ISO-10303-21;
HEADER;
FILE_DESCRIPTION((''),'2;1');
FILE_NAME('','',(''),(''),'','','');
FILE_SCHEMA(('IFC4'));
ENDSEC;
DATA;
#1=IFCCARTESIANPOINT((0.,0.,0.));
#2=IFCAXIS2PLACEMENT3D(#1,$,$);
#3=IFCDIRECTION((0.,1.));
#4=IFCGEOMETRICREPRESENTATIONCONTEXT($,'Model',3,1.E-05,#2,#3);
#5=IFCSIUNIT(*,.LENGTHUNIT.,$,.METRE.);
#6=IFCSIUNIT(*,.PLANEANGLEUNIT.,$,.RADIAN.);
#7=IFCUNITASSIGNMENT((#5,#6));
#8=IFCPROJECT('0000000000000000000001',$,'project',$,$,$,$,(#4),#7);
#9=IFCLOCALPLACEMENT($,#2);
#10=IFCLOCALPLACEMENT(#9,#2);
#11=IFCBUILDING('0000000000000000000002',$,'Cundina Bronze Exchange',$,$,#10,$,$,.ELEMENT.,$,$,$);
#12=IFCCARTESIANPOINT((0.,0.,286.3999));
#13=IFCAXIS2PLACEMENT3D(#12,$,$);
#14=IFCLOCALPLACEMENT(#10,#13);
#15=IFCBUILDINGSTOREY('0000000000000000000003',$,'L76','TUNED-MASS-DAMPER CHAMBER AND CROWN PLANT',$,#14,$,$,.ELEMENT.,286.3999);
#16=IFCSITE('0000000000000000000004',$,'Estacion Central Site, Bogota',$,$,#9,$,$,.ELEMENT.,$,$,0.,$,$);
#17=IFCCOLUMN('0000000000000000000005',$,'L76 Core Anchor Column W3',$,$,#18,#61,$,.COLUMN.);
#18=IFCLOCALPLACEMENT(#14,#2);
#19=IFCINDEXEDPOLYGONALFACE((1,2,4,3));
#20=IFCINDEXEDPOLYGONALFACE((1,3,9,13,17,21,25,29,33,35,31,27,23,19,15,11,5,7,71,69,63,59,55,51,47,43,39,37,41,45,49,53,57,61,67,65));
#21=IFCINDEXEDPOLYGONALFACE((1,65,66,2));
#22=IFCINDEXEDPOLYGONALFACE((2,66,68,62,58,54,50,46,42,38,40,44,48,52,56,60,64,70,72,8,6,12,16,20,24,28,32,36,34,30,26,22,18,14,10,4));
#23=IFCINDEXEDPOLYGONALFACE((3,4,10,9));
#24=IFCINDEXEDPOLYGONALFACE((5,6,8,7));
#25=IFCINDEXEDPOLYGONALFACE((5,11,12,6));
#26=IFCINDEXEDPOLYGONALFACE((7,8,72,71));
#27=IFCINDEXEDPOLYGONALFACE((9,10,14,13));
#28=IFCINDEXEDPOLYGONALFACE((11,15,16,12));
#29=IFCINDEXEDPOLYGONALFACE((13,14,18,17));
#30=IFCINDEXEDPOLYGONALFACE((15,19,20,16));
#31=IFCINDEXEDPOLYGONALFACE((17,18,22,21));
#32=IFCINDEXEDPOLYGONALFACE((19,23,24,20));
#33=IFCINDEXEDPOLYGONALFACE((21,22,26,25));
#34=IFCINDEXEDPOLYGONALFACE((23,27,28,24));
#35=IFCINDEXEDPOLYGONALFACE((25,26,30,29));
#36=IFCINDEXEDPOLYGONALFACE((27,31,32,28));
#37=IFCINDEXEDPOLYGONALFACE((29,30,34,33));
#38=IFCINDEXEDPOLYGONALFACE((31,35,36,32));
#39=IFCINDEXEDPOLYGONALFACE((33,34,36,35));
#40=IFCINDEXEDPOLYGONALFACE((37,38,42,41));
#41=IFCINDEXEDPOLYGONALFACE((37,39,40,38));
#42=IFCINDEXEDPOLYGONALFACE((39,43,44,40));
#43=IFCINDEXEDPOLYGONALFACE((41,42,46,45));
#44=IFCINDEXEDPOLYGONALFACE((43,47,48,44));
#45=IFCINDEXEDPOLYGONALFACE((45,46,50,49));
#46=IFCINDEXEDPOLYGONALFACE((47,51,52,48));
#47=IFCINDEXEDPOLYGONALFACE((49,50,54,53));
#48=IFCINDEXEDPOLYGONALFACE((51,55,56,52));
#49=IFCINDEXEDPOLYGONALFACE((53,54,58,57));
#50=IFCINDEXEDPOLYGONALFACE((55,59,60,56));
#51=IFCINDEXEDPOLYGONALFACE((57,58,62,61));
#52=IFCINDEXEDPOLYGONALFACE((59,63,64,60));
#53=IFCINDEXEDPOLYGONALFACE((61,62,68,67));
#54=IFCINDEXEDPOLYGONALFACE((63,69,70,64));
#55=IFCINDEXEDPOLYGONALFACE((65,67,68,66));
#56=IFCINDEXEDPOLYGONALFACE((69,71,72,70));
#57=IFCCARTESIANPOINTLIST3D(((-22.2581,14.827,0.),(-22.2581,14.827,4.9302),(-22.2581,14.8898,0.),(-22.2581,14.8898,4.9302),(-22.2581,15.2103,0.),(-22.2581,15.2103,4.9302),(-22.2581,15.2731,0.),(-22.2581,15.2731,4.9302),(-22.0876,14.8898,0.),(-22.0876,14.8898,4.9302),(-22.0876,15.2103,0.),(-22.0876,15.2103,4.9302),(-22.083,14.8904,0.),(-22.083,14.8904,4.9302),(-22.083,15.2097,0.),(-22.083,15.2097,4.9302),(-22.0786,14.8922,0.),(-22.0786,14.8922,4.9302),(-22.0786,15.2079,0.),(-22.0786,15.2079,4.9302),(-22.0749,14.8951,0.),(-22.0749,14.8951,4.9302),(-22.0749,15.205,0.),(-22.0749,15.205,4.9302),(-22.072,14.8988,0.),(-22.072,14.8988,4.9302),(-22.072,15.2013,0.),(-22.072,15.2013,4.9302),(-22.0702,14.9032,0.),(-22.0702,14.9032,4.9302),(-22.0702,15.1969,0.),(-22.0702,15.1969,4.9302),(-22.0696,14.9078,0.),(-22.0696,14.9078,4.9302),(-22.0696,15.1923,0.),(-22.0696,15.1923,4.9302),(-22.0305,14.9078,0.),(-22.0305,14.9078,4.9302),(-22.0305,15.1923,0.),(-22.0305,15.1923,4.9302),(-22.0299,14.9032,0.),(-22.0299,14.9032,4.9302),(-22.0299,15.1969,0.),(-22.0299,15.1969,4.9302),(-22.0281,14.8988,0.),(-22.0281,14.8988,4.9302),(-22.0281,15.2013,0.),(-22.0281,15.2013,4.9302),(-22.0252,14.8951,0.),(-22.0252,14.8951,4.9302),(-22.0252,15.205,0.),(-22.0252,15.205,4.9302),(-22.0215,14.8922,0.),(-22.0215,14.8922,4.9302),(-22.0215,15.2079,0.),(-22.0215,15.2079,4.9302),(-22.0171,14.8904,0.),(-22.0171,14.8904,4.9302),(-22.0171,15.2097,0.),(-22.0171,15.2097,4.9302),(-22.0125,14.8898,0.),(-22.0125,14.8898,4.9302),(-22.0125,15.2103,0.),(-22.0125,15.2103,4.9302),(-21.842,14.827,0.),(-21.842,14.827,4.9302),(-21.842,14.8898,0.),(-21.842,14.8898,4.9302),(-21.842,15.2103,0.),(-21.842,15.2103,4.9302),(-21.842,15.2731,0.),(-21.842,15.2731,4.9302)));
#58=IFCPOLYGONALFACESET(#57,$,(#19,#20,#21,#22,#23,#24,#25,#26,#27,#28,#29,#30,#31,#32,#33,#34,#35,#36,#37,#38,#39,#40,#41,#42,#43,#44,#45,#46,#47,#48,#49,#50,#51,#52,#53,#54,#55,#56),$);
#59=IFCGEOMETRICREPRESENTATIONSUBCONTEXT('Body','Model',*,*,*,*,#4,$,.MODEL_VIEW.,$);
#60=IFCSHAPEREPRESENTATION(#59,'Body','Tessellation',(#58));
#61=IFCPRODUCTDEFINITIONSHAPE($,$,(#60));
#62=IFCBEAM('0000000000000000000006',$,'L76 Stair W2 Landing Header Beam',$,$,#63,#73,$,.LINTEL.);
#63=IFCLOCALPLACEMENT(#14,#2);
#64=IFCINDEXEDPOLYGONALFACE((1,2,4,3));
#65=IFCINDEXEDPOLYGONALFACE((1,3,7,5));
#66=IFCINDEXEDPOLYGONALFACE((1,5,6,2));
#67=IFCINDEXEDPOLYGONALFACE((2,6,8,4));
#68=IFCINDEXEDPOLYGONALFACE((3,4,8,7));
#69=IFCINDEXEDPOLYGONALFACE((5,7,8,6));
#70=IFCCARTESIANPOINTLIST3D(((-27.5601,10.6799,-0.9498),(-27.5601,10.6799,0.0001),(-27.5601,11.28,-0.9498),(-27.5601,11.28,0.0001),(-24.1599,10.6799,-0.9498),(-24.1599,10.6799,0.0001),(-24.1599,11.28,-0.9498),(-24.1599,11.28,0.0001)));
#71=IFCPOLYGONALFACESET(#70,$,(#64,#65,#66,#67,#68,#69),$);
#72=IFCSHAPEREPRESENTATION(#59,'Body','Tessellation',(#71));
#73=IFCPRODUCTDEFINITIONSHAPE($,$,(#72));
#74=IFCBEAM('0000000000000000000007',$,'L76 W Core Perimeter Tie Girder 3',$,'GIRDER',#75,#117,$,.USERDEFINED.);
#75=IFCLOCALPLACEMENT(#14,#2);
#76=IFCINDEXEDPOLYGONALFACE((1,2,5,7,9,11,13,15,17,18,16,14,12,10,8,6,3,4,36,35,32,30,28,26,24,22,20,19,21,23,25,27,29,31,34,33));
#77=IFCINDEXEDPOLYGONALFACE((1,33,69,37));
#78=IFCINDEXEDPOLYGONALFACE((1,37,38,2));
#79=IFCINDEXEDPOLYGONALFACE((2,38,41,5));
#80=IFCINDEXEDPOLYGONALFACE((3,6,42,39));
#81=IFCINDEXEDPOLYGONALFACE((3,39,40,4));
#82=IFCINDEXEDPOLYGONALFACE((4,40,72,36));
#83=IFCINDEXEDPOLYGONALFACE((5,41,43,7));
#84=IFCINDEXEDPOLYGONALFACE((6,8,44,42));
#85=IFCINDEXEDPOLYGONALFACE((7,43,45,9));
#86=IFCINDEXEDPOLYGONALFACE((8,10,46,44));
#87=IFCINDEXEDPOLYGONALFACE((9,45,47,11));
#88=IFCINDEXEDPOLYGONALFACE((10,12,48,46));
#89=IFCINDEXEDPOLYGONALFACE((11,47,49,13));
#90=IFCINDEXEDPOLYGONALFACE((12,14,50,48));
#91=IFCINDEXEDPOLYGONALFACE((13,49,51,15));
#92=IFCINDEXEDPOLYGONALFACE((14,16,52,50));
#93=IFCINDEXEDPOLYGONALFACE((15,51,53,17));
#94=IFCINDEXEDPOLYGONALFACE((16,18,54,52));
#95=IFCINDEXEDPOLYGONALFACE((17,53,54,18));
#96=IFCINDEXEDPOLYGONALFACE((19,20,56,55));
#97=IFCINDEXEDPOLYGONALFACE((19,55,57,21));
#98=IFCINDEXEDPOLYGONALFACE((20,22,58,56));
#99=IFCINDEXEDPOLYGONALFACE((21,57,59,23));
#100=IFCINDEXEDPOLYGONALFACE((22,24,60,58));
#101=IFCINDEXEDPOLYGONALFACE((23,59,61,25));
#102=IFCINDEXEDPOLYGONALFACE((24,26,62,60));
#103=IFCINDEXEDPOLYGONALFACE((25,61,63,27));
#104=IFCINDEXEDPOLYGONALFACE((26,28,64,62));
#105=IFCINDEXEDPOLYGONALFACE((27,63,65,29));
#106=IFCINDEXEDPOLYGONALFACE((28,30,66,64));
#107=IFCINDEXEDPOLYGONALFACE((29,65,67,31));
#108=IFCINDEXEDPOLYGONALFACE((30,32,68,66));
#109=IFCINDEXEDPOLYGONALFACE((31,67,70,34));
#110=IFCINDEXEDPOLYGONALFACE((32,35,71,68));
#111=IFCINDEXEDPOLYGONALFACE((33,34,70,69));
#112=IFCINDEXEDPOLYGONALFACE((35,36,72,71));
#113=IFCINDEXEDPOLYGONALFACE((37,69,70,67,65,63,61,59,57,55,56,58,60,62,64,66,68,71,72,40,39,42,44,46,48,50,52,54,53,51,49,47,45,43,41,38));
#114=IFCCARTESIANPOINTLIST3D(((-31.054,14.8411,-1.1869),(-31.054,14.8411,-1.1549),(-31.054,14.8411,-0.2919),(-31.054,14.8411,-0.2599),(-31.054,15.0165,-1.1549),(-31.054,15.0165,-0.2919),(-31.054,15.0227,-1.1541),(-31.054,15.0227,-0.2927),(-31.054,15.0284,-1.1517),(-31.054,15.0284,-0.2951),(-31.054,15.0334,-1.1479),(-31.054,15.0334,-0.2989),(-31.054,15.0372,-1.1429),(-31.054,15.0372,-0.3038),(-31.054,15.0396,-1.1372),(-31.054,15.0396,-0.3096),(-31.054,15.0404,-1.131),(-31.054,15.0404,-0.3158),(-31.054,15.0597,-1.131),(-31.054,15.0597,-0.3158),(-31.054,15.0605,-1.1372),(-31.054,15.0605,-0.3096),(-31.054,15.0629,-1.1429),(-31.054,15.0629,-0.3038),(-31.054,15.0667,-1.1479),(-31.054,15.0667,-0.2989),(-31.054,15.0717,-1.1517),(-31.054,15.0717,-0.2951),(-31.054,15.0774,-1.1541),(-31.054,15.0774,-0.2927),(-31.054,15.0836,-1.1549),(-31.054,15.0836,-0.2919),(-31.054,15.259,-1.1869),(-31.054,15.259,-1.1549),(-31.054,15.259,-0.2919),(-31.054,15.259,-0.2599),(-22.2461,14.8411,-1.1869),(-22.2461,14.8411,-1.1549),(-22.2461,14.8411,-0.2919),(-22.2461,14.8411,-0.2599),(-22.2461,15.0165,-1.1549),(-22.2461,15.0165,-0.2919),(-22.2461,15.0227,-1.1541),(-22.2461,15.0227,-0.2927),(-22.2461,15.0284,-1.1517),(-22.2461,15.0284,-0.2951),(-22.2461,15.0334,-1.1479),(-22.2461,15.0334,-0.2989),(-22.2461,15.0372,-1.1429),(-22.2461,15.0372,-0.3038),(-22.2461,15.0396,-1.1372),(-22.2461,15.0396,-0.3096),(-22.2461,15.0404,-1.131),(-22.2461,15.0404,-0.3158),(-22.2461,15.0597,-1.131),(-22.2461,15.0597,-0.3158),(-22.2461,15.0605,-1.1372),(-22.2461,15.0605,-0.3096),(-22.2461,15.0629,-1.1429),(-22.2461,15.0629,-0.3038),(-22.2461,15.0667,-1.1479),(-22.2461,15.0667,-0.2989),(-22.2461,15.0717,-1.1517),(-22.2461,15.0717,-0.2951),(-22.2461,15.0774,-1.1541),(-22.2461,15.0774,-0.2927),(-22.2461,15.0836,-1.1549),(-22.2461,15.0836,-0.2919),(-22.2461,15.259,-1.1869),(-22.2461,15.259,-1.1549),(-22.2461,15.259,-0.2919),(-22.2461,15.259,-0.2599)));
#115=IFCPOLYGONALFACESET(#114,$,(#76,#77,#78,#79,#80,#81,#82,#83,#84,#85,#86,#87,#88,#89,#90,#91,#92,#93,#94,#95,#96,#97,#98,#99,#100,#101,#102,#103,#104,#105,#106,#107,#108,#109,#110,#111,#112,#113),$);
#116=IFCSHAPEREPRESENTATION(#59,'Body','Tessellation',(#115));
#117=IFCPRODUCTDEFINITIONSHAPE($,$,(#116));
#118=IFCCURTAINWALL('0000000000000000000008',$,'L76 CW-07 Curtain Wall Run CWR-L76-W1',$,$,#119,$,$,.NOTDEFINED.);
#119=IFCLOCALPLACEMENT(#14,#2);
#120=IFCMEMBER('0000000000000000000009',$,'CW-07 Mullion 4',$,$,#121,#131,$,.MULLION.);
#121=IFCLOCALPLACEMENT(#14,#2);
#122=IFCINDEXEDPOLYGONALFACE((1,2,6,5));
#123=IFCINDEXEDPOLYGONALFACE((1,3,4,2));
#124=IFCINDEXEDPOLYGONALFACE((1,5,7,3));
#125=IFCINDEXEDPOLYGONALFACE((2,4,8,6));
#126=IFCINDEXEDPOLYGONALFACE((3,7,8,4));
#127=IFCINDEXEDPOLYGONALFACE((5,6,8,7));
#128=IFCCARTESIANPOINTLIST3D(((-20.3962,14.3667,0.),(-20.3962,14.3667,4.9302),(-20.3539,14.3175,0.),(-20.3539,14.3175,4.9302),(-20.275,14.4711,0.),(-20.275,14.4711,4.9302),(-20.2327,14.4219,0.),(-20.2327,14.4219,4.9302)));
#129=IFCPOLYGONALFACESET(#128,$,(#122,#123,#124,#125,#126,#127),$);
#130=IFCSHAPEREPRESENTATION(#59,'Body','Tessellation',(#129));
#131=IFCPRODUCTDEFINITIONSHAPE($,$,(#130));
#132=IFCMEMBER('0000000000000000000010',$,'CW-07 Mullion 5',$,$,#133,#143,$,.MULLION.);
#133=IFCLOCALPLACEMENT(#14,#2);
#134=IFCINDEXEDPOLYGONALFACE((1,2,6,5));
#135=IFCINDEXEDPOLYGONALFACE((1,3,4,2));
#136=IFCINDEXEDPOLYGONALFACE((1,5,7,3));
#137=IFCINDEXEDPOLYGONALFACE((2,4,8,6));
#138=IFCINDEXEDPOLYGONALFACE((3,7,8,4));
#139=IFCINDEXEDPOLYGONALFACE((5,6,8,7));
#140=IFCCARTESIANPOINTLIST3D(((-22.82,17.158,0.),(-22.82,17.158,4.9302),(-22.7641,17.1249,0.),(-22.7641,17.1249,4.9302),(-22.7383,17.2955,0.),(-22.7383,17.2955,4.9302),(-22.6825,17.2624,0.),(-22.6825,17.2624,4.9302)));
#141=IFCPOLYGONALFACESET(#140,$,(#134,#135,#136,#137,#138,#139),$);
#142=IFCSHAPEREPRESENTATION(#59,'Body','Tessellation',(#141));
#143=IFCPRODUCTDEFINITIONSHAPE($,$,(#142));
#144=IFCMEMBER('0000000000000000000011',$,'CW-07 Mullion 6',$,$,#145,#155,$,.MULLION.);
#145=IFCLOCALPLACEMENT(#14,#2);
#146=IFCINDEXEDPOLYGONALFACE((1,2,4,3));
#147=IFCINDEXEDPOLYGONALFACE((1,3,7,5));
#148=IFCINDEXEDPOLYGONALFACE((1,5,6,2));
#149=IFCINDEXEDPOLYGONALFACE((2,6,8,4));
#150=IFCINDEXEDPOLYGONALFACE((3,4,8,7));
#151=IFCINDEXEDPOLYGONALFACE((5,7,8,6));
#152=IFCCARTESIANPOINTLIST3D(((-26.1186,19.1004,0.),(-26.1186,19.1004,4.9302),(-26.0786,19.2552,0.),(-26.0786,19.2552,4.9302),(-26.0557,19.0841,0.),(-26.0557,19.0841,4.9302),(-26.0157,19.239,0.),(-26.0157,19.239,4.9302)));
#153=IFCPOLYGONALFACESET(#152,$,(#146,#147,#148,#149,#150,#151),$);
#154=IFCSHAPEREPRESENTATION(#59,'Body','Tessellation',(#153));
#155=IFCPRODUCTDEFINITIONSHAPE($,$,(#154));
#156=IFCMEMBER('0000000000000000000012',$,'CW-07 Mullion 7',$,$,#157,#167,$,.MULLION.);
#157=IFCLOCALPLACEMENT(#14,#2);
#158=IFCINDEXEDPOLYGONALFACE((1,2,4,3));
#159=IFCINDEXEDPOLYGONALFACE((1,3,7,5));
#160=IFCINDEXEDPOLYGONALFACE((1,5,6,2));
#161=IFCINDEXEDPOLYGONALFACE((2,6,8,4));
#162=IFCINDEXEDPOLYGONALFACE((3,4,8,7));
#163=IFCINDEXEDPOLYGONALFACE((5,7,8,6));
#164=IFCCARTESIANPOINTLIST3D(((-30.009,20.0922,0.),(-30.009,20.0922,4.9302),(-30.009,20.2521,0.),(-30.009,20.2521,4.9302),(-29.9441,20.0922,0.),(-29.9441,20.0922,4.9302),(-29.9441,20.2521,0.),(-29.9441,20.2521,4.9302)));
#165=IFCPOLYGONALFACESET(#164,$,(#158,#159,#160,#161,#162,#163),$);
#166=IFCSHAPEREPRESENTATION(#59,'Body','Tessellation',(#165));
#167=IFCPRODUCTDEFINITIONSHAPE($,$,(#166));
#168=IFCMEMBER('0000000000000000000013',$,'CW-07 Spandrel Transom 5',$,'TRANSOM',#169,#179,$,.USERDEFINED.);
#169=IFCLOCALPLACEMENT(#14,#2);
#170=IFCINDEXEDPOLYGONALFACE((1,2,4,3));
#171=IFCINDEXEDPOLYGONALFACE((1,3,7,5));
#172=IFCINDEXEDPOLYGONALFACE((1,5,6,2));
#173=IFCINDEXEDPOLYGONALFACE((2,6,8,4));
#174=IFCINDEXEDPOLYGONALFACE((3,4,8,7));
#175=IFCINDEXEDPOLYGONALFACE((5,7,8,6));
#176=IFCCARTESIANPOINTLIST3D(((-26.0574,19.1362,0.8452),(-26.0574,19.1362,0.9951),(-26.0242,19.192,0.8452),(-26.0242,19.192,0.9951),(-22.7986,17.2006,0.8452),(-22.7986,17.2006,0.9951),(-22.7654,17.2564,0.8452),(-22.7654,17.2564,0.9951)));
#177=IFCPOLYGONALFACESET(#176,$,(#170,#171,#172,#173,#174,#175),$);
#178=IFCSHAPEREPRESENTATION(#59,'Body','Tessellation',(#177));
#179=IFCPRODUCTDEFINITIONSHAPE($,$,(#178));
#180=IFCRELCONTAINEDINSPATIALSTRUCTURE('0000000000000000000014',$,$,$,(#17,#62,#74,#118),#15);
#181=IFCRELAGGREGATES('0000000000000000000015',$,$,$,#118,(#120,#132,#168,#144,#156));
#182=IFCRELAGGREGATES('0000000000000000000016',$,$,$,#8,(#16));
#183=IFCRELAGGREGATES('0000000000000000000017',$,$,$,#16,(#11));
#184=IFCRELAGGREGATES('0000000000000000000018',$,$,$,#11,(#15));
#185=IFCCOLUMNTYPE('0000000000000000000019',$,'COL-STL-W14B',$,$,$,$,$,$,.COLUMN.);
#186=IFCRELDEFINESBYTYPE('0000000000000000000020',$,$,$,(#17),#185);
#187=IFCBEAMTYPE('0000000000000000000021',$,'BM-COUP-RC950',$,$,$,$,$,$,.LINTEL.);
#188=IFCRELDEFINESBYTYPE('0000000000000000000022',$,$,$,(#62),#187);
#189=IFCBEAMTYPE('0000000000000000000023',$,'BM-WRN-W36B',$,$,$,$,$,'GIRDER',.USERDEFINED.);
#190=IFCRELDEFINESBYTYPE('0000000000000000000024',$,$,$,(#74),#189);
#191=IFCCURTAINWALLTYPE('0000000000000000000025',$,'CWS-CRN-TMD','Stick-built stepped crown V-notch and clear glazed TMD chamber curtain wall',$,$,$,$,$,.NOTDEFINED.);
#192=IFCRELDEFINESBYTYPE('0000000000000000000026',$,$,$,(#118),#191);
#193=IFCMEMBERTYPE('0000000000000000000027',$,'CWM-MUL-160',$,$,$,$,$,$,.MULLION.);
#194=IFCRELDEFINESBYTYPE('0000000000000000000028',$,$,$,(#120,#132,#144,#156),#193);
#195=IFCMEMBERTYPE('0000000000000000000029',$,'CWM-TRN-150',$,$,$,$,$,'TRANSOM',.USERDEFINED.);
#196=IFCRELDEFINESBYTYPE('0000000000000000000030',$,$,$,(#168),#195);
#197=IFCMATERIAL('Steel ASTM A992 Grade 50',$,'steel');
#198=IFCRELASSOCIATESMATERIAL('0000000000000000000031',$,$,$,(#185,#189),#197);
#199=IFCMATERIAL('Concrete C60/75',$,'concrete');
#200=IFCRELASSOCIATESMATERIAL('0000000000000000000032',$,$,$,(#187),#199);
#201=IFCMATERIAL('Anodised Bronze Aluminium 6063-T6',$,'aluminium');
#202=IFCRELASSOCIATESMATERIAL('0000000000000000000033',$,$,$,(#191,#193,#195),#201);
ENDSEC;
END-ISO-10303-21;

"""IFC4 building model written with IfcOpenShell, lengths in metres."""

from ifc_helpers import new_model, si_unit, direction, frame, origin, origin_2d, place, context, subcontext, project, spatial, rectangle, i_section, extrude, material, material_profile, profile_set, type_object, element, aggregate, save


model = new_model("IFC4")

# Units and contexts
model_context = context("Model", 3, precision=1e-05, world=origin(), true_north=direction((0.0, 1.0)))
body_context = subcontext(model_context, "Body", "Model", "MODEL_VIEW")
ifc_project = project(units=[si_unit("LENGTHUNIT", "METRE"), si_unit("PLANEANGLEUNIT", "RADIAN")], contexts=[model_context])

# Site, building, storey
site_placement = place(None, origin())
site = spatial("IfcSite", under=ifc_project, at=site_placement, Name="Estacion Central Site, Bogota", CompositionType="ELEMENT", RefElevation=0.0)
building_placement = place(site_placement, origin())
building = spatial("IfcBuilding", under=site, at=building_placement, Name="Cundina Bronze Exchange", CompositionType="ELEMENT")
storey_placement = place(building_placement, frame((0.0, 0.0, 286.3999)))
storey = spatial("IfcBuildingStorey", under=building, at=storey_placement, Name="L76", Description="TUNED-MASS-DAMPER CHAMBER AND CROWN PLANT", CompositionType="ELEMENT", Elevation=286.3999)

# Column
ifc_material_1 = material(Name="Steel ASTM A992 Grade 50", Category="steel")
ifc_material_profile_1 = material_profile(ifc_material_1, i_section(OverallWidth=0.416, OverallDepth=0.446, WebThickness=0.0391, FlangeThickness=0.0627, FilletRadius=0.0181, at=origin_2d()), Name="W14X342", Category="steel")
ifc_profile_set_1 = profile_set([ifc_material_profile_1], Name="Steel ASTM A992 Grade 50")
column_type = type_object("IfcColumnType", Name="COL-STL-W14B", PredefinedType="COLUMN", material=ifc_profile_set_1)
column_placement = place(storey_placement, frame((-22.05, 15.05, 0.0), z_axis=(0.0, 0.0, 1.0), x_axis=(1.0, 0.0, 0.0)))
element("IfcColumn", 1, at=column_placement, inside=storey, type_object=column_type, Name="L76 Core Anchor Column W3", PredefinedType="COLUMN", context=body_context, shape_type="SweptSolid", body=[
    extrude(i_section(OverallWidth=0.416, OverallDepth=0.446, WebThickness=0.0391, FlangeThickness=0.0627, FilletRadius=0.0181, at=origin_2d()), origin(), (0.0, 0.0, 1.0), 4.9302),
])

# Beams
ifc_material_2 = material(Name="Concrete C60/75", Category="concrete")
ifc_material_profile_2 = material_profile(ifc_material_2, rectangle(XDim=0.6001, YDim=0.95, at=origin_2d()), Name="RC600X950", Category="concrete")
ifc_profile_set_2 = profile_set([ifc_material_profile_2], Name="Concrete C60/75")
beam_type_1 = type_object("IfcBeamType", Name="BM-COUP-RC950", PredefinedType="LINTEL", material=ifc_profile_set_2)
beam_1_placement = place(storey_placement, frame((-27.5601, 10.98, -0.4749), z_axis=(1.0, 0.0, 0.0), x_axis=(0.0, 1.0, 0.0)))
element("IfcBeam", 2, at=beam_1_placement, inside=storey, type_object=beam_type_1, Name="L76 Stair W2 Landing Header Beam", PredefinedType="LINTEL", context=body_context, shape_type="SweptSolid", body=[
    extrude(rectangle(XDim=0.6001, YDim=0.95, at=origin_2d()), origin(), (0.0, 0.0, 1.0), 3.4001),
])
ifc_material_profile_3 = material_profile(ifc_material_1, i_section(OverallWidth=0.418, OverallDepth=0.927, WebThickness=0.0193, FlangeThickness=0.032, FilletRadius=0.0239, at=origin_2d()), Name="W36X231", Category="steel")
ifc_profile_set_3 = profile_set([ifc_material_profile_3], Name="Steel ASTM A992 Grade 50")
beam_type_2 = type_object("IfcBeamType", Name="BM-WRN-W36B", ElementType="GIRDER", PredefinedType="USERDEFINED", material=ifc_profile_set_3)
beam_2_placement = place(storey_placement, frame((-22.2461, 15.05, -0.7234), z_axis=(-1.0, 0.0, 0.0), x_axis=(0.0, -1.0, 0.0)))
element("IfcBeam", 3, at=beam_2_placement, inside=storey, type_object=beam_type_2, Name="L76 W Core Perimeter Tie Girder 3", ObjectType="GIRDER", PredefinedType="USERDEFINED", context=body_context, shape_type="SweptSolid", body=[
    extrude(i_section(OverallWidth=0.418, OverallDepth=0.927, WebThickness=0.0193, FlangeThickness=0.032, FilletRadius=0.0239, at=origin_2d()), origin(), (0.0, 0.0, 1.0), 8.8079),
])

# Curtain wall, members
ifc_material_3 = material(Name="Anodised Bronze Aluminium 6063-T6", Category="aluminium")
curtain_wall_type = type_object("IfcCurtainWallType", Name="CWS-CRN-TMD", Description="Stick-built stepped crown V-notch and clear glazed TMD chamber curtain wall", PredefinedType="NOTDEFINED", material=ifc_material_3)
curtain_wall_placement = place(storey_placement, origin())
curtain_wall = element("IfcCurtainWall", 4, at=curtain_wall_placement, inside=storey, type_object=curtain_wall_type, Name="L76 CW-07 Curtain Wall Run CWR-L76-W1", PredefinedType="NOTDEFINED")
ifc_material_profile_4 = material_profile(ifc_material_3, rectangle(XDim=0.0649, YDim=0.1599, at=origin_2d()), Name="AL65X160", Category="aluminium")
ifc_profile_set_4 = profile_set([ifc_material_profile_4], Name="Anodised Bronze Aluminium 6063-T6")
member_type_1 = type_object("IfcMemberType", Name="CWM-MUL-160", PredefinedType="MULLION", material=ifc_profile_set_4)
member_1_placement = place(storey_placement, frame((-20.3145, 14.3943, 0.0), z_axis=(0.0, 0.0, 1.0), x_axis=(-0.652495, 0.757793, 0.0)))
member_1 = element("IfcMember", 5, at=member_1_placement, type_object=member_type_1, Name="CW-07 Mullion 4", PredefinedType="MULLION", context=body_context, shape_type="SweptSolid", body=[
    extrude(rectangle(XDim=0.0649, YDim=0.1599, at=origin_2d()), origin(), (0.0, 0.0, 1.0), 4.9302),
])
member_2_placement = place(storey_placement, frame((-22.7512, 17.2102, 0.0), z_axis=(0.0, 0.0, 1.0), x_axis=(-0.859763, 0.510693, 0.0)))
member_2 = element("IfcMember", 6, at=member_2_placement, type_object=member_type_1, Name="CW-07 Mullion 5", PredefinedType="MULLION", context=body_context, shape_type="SweptSolid", body=[
    extrude(rectangle(XDim=0.0649, YDim=0.1599, at=origin_2d()), origin(), (0.0, 0.0, 1.0), 4.9302),
])
member_3_placement = place(storey_placement, frame((-26.0671, 19.1697, 0.0), z_axis=(0.0, 0.0, 1.0), x_axis=(-0.968148, 0.25038, 0.0)))
member_3 = element("IfcMember", 7, at=member_3_placement, type_object=member_type_1, Name="CW-07 Mullion 6", PredefinedType="MULLION", context=body_context, shape_type="SweptSolid", body=[
    extrude(rectangle(XDim=0.0649, YDim=0.1599, at=origin_2d()), origin(), (0.0, 0.0, 1.0), 4.9302),
])
member_4_placement = place(storey_placement, frame((-29.9766, 20.1721, 0.0), z_axis=(0.0, 0.0, 1.0), x_axis=(-1.0, 0.0, 0.0)))
member_4 = element("IfcMember", 8, at=member_4_placement, type_object=member_type_1, Name="CW-07 Mullion 7", PredefinedType="MULLION", context=body_context, shape_type="SweptSolid", body=[
    extrude(rectangle(XDim=0.0649, YDim=0.1599, at=origin_2d()), origin(), (0.0, 0.0, 1.0), 4.9302),
])
ifc_material_profile_5 = material_profile(ifc_material_3, rectangle(XDim=0.0649, YDim=0.1499, at=origin_2d()), Name="AL65X150", Category="aluminium")
ifc_profile_set_5 = profile_set([ifc_material_profile_5], Name="Anodised Bronze Aluminium 6063-T6")
member_type_2 = type_object("IfcMemberType", Name="CWM-TRN-150", ElementType="TRANSOM", PredefinedType="USERDEFINED", material=ifc_profile_set_5)
member_5_placement = place(storey_placement, frame((-22.782, 17.2285, 0.9202), z_axis=(-0.859781, 0.510664, 0.0), x_axis=(-0.510664, -0.859781, 0.0)))
member_5 = element("IfcMember", 9, at=member_5_placement, type_object=member_type_2, Name="CW-07 Spandrel Transom 5", ObjectType="TRANSOM", PredefinedType="USERDEFINED", context=body_context, shape_type="SweptSolid", body=[
    extrude(rectangle(XDim=0.0649, YDim=0.1499, at=origin_2d()), origin(), (0.0, 0.0, 1.0), 3.7903),
])
aggregate(curtain_wall, [member_1, member_2, member_5, member_3, member_4])

save(model, "model.ifc")
